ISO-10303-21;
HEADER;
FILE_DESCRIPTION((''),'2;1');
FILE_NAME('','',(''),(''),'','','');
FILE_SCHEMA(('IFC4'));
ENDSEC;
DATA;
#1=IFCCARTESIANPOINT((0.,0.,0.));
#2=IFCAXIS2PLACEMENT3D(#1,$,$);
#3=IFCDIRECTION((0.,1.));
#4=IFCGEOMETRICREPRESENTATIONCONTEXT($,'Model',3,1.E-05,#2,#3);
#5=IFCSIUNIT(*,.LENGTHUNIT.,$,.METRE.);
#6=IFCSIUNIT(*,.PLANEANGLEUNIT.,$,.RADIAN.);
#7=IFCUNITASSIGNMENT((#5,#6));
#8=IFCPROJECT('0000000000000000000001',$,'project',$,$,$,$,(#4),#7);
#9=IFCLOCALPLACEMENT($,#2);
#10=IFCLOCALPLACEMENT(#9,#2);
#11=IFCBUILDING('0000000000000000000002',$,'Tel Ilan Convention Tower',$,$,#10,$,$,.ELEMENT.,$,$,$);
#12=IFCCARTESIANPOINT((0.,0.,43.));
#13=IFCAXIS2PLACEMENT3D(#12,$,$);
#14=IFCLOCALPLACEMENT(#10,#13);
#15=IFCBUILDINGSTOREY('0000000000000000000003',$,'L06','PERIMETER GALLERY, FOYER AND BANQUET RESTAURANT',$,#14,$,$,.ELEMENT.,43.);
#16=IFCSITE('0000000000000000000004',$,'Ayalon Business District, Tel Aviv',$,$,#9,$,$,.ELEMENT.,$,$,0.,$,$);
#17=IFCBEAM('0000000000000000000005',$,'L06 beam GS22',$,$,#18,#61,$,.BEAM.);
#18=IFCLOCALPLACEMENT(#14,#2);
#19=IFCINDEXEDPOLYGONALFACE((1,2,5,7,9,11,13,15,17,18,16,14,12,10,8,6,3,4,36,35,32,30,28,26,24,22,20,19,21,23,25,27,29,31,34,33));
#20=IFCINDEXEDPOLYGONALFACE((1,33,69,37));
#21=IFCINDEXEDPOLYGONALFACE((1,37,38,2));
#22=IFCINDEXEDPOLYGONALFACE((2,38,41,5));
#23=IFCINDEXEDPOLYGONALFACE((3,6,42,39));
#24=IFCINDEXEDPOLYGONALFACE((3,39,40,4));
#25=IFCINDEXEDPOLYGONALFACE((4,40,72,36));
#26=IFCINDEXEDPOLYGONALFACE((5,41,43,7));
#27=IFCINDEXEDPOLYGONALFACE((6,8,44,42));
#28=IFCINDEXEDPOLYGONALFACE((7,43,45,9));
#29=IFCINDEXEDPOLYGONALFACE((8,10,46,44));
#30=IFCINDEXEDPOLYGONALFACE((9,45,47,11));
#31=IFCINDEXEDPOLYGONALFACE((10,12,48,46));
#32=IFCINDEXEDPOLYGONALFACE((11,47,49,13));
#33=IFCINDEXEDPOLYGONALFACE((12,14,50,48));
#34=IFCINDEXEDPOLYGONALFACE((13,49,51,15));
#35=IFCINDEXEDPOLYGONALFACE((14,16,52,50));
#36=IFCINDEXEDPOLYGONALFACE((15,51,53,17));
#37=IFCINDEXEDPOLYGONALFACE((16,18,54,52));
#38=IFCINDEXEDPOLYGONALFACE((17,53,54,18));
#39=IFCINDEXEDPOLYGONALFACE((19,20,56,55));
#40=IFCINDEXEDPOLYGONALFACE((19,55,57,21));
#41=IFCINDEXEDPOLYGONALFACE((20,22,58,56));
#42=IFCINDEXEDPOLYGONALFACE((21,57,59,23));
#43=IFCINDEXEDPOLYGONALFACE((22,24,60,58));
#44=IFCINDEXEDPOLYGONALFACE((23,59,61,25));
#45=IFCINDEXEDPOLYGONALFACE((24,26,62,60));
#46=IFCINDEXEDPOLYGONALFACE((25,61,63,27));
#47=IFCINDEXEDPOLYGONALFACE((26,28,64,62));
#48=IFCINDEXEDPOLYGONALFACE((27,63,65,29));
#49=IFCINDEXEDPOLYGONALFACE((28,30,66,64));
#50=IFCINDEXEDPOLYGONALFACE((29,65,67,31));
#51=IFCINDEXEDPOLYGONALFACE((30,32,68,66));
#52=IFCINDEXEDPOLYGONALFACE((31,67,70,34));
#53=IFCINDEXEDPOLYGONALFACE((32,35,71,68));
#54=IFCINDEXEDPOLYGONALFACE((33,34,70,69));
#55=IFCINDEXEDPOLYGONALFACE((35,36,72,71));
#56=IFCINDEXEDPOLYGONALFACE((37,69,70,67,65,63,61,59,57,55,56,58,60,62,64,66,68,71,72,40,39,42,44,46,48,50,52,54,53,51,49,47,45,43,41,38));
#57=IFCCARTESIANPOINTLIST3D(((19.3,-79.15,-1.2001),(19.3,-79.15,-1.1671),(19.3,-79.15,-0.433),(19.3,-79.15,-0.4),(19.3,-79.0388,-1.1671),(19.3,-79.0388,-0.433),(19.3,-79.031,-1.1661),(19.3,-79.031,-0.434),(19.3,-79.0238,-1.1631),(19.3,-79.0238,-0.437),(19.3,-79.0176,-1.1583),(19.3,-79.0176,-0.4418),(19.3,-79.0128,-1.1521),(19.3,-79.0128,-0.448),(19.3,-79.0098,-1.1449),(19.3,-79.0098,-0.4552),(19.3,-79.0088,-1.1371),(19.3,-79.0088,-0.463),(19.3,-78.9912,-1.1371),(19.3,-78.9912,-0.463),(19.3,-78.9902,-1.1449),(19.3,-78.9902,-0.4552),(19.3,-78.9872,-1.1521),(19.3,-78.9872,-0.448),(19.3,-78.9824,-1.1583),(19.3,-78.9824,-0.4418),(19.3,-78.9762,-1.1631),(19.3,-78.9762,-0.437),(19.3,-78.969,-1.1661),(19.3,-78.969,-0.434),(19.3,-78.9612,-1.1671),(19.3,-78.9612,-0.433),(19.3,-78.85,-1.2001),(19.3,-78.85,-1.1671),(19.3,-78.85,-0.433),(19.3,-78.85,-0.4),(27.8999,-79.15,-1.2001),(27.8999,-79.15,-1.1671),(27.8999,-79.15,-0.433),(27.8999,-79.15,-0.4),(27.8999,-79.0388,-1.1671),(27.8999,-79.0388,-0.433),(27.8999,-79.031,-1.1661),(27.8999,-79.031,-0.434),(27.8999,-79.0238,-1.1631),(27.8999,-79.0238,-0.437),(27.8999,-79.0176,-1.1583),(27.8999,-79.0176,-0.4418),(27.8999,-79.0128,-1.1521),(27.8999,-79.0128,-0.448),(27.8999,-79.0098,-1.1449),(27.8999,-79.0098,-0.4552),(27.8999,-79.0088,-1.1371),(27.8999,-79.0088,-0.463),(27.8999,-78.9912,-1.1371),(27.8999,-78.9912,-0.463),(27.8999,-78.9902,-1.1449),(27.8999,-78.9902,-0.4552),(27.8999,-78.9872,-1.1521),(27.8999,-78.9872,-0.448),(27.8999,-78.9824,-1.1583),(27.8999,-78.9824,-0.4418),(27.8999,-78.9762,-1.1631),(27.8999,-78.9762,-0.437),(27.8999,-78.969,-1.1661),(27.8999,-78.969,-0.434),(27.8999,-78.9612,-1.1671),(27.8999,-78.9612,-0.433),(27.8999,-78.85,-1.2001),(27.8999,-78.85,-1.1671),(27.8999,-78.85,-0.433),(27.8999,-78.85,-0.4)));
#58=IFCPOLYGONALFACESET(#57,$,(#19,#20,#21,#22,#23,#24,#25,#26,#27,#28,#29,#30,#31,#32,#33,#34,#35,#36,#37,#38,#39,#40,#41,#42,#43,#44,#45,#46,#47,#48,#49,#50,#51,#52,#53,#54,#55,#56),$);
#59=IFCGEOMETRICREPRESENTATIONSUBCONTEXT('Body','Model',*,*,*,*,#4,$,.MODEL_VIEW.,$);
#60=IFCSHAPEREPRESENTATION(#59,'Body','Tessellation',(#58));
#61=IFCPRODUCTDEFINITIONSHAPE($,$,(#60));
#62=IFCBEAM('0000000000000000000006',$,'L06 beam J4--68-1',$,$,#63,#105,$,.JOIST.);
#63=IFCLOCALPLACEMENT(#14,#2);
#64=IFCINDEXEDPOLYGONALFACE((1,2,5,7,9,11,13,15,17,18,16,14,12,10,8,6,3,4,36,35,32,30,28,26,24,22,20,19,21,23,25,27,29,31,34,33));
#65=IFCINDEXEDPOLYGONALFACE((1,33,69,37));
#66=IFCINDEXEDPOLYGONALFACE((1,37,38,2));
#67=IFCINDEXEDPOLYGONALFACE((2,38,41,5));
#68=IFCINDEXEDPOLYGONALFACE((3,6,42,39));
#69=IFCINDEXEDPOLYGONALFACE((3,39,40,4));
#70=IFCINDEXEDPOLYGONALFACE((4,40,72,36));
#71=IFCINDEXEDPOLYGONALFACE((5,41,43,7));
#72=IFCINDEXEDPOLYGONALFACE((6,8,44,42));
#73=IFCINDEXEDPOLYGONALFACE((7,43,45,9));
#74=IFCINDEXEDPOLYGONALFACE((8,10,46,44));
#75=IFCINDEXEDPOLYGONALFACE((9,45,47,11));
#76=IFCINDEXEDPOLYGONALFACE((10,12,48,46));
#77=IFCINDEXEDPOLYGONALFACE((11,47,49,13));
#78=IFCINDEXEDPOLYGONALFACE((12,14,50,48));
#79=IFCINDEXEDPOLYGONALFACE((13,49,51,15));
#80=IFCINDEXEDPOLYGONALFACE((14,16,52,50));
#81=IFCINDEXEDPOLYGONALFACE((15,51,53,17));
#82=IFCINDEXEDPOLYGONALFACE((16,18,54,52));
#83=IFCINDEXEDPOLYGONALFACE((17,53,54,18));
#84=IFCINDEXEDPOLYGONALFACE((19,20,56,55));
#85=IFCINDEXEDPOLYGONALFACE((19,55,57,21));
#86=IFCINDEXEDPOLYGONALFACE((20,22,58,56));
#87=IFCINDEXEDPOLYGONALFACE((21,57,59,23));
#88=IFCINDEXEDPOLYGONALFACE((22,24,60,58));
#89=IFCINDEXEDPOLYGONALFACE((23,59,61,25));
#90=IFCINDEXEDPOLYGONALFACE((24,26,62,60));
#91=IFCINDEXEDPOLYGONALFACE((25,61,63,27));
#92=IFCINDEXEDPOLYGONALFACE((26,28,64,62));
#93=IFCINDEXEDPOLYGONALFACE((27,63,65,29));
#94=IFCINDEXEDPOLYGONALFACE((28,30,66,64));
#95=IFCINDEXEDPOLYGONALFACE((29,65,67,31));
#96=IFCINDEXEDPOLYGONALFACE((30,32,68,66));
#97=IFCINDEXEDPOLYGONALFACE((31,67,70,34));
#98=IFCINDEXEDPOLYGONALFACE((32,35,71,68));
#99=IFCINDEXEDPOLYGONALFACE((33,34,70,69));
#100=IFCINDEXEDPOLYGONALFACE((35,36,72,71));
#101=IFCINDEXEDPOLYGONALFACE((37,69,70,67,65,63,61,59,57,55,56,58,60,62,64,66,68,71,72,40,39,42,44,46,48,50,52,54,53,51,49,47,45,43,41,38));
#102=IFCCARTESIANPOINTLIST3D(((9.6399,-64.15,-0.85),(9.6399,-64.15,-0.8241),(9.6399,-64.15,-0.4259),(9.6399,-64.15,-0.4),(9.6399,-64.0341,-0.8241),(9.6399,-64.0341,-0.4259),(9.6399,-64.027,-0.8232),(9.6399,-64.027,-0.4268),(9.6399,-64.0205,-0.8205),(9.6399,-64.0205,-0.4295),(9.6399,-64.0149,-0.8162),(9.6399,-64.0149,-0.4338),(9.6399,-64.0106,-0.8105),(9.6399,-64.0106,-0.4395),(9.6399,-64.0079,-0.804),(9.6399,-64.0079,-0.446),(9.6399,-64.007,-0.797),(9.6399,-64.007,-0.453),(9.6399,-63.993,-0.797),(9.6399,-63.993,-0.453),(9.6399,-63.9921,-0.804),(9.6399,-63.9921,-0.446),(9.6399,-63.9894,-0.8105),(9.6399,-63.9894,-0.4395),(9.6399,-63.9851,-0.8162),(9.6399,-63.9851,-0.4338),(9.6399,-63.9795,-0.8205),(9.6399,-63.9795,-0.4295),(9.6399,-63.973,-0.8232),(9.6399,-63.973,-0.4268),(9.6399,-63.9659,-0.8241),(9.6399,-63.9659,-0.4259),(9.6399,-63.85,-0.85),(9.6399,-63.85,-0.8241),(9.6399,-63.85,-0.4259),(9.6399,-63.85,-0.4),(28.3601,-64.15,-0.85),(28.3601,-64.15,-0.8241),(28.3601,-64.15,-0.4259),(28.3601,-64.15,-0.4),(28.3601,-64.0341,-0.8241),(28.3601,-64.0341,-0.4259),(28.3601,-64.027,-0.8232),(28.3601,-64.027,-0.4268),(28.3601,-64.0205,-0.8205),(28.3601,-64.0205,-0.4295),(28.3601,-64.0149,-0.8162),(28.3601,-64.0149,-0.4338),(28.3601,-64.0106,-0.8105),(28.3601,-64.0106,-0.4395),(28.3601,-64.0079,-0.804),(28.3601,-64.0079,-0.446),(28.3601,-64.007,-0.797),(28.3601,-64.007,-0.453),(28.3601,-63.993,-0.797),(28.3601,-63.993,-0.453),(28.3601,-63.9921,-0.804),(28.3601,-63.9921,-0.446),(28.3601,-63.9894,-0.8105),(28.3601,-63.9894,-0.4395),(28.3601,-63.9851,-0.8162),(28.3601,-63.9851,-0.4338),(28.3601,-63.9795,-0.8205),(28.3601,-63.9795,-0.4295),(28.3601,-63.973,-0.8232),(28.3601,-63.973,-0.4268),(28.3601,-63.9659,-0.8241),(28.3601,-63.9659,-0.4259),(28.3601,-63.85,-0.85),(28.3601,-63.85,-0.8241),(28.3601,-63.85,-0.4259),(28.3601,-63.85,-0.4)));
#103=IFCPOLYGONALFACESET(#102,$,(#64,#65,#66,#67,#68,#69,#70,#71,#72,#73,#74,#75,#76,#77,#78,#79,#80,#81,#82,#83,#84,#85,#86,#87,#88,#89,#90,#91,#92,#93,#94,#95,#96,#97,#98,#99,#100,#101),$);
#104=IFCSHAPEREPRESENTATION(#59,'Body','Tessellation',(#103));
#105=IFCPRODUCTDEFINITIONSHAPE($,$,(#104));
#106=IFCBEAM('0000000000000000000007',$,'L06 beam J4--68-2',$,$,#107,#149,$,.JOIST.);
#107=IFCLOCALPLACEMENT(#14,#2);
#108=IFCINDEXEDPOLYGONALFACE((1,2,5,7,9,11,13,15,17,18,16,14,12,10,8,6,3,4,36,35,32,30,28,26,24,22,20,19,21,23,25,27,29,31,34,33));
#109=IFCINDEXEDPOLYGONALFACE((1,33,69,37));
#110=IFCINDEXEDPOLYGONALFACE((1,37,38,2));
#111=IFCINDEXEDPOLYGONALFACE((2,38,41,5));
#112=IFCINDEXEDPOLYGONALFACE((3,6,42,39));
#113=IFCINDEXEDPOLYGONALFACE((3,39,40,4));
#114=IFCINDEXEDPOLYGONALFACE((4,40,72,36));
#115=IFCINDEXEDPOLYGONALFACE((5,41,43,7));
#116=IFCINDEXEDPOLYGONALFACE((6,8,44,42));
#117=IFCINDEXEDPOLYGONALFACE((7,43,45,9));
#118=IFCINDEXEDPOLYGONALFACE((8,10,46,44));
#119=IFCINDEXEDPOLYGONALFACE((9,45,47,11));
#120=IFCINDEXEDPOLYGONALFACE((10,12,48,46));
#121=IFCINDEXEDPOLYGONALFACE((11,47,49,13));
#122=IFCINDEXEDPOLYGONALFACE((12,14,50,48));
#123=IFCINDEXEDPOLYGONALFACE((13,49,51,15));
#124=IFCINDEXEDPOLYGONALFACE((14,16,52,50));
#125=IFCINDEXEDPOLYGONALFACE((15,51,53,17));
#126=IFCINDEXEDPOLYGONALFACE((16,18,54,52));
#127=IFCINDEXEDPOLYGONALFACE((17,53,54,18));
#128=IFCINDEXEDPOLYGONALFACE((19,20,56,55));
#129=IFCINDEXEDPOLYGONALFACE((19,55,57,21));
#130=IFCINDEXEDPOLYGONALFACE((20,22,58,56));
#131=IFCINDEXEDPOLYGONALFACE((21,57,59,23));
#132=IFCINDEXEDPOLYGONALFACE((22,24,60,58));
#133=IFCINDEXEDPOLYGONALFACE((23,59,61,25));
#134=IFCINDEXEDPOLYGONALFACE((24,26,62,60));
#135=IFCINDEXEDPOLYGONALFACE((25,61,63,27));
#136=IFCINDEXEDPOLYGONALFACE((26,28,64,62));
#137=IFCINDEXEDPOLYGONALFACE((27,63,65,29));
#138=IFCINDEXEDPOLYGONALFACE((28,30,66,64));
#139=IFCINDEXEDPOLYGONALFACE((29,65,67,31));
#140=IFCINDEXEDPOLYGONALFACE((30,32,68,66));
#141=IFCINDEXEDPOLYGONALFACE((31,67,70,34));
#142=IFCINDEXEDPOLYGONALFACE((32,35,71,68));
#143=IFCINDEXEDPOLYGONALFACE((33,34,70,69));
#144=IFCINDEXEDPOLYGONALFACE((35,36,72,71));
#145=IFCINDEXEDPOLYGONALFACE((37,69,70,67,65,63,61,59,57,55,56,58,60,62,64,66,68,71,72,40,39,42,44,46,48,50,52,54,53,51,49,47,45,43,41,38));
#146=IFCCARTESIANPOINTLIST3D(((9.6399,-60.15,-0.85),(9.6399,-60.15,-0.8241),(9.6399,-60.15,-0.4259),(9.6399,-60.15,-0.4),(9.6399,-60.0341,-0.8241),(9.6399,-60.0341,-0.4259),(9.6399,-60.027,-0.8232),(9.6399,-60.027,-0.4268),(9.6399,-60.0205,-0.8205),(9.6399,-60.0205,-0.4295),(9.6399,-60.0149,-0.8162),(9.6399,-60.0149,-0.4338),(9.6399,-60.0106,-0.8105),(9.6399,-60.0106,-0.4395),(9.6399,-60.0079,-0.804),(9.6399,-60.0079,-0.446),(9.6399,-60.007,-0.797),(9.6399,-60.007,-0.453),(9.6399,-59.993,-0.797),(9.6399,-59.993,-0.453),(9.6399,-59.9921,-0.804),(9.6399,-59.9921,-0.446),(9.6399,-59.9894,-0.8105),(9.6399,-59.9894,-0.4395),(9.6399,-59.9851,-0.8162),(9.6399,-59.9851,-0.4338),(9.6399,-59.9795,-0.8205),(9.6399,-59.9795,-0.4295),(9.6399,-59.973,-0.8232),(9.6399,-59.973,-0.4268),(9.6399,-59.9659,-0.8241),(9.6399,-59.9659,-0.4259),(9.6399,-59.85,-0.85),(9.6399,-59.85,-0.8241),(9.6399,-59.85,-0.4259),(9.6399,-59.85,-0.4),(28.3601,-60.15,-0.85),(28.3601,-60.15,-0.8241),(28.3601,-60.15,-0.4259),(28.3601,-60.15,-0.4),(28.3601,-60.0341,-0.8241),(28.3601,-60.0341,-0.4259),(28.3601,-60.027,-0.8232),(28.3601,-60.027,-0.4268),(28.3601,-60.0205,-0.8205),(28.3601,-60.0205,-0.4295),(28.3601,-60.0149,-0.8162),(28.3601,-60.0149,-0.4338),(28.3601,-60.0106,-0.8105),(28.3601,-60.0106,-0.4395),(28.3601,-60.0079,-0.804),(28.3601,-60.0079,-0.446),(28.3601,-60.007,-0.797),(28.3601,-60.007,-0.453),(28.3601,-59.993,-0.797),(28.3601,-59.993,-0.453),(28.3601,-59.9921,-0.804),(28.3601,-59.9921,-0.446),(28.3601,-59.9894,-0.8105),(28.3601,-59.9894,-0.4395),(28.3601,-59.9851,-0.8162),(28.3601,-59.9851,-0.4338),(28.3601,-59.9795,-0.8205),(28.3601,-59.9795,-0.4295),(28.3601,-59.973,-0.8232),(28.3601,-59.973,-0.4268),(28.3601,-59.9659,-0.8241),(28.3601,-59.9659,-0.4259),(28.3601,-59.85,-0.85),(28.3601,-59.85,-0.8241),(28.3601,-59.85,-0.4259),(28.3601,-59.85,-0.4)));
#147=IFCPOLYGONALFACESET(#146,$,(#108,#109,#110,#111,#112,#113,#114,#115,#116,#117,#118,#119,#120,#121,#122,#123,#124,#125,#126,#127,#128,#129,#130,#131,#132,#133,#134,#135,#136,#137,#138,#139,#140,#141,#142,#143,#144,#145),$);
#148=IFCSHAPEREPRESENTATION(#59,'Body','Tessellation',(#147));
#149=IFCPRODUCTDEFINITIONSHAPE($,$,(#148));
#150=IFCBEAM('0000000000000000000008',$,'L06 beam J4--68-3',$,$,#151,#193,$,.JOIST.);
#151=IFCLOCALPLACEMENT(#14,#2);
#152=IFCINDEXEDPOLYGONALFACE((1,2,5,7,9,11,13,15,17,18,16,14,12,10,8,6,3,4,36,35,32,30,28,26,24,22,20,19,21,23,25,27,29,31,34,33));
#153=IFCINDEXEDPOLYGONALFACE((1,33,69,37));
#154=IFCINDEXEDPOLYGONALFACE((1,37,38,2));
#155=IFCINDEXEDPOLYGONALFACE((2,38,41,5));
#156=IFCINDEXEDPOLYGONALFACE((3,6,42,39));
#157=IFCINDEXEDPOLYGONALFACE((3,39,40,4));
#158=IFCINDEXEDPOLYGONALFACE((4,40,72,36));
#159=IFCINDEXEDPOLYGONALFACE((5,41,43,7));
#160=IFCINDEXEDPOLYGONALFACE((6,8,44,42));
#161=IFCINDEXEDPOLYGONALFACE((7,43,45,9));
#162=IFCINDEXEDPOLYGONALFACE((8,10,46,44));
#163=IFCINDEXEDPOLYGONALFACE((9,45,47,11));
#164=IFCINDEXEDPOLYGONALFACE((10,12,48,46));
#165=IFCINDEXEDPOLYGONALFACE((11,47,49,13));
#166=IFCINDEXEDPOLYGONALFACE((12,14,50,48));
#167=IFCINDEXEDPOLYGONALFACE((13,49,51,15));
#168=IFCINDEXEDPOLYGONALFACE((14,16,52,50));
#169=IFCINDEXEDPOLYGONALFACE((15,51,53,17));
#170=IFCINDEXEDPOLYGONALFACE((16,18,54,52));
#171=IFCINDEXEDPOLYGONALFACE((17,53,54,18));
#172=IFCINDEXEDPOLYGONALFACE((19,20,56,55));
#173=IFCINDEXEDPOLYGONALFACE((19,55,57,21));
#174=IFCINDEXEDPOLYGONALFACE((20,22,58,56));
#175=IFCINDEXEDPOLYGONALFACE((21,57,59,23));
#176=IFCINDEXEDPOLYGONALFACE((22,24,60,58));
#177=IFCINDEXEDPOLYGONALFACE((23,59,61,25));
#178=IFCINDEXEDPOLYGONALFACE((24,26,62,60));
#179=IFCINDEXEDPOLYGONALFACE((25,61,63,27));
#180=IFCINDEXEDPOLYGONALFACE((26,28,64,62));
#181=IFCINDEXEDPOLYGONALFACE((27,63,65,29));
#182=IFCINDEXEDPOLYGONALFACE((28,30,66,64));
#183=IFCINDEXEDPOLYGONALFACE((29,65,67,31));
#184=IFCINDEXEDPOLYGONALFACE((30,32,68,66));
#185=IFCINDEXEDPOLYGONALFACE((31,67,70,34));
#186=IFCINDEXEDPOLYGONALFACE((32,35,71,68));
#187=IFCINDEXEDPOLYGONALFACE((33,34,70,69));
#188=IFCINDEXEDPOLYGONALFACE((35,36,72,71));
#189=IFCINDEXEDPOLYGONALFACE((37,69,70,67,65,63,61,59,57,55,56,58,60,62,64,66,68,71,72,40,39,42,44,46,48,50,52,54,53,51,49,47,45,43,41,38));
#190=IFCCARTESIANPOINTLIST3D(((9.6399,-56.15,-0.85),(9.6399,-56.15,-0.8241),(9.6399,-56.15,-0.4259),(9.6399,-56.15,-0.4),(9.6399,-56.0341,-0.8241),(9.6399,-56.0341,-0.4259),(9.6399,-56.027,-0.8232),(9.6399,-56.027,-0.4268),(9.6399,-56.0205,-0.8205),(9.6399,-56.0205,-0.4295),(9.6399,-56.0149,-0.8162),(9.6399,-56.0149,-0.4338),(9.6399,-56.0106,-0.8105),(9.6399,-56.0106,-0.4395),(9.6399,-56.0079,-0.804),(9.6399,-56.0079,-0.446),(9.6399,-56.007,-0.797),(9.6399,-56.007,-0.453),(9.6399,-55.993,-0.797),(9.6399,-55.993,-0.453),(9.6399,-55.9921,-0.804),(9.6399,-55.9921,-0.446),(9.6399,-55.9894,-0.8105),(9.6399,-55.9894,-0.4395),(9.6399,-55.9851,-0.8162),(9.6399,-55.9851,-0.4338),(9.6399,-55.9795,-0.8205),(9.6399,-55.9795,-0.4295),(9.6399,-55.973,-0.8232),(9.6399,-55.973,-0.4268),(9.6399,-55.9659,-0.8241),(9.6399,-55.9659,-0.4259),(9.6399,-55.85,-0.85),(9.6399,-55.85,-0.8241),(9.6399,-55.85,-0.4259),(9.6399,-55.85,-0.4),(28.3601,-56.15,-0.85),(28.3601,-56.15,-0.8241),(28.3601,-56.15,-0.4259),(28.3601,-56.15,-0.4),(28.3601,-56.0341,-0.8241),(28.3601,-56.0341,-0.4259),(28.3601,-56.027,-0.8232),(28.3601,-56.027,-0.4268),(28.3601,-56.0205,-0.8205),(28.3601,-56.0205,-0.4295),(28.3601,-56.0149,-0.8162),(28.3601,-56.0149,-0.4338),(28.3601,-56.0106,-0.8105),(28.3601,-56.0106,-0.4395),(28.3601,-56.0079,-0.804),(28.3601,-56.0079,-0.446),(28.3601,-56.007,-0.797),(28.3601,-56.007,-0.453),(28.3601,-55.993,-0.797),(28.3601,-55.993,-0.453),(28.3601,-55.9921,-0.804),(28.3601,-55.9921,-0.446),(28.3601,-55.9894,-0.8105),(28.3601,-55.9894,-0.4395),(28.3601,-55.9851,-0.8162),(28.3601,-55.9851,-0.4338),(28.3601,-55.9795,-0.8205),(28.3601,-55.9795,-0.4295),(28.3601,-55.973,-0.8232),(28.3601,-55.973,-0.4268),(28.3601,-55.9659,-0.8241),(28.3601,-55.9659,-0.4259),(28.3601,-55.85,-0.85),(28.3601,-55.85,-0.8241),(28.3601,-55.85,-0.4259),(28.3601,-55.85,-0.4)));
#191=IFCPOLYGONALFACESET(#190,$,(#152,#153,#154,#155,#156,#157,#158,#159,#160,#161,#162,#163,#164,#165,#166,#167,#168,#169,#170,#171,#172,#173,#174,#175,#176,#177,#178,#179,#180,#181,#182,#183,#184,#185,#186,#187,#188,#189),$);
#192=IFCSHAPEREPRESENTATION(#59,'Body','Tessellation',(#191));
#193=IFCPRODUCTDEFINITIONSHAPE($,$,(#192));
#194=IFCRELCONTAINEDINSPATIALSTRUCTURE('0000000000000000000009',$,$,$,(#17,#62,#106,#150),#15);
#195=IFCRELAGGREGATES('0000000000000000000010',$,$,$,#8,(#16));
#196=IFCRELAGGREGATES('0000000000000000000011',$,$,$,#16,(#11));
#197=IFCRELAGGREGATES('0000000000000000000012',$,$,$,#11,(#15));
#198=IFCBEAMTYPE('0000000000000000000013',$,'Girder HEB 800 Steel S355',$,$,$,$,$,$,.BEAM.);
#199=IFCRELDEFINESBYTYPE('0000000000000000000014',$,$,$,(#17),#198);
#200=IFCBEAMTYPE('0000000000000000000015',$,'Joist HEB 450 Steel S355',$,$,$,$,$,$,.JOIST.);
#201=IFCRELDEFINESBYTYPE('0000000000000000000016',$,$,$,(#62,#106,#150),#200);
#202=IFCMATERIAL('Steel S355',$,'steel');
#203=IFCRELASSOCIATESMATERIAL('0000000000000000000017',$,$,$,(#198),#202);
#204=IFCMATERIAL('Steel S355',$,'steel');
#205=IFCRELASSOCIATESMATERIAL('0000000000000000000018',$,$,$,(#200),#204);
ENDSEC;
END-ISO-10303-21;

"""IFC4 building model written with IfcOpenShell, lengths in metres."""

from ifc_helpers import new_model, si_unit, direction, frame, origin, origin_2d, place, context, subcontext, project, spatial, i_section, extrude, material, material_profile, profile_set, type_object, element, save


model = new_model("IFC4")

# Units and contexts
model_context = context("Model", 3, precision=1e-05, world=origin(), true_north=direction((0.0, 1.0)))
body_context = subcontext(model_context, "Body", "Model", "MODEL_VIEW")
ifc_project = project(units=[si_unit("LENGTHUNIT", "METRE"), si_unit("PLANEANGLEUNIT", "RADIAN")], contexts=[model_context])

# Site, building, storey
site_placement = place(None, origin())
site = spatial("IfcSite", under=ifc_project, at=site_placement, Name="Ayalon Business District, Tel Aviv", CompositionType="ELEMENT", RefElevation=0.0)
building_placement = place(site_placement, origin())
building = spatial("IfcBuilding", under=site, at=building_placement, Name="Tel Ilan Convention Tower", CompositionType="ELEMENT")
storey_placement = place(building_placement, frame((0.0, 0.0, 43.0)))
storey = spatial("IfcBuildingStorey", under=building, at=storey_placement, Name="L06", Description="PERIMETER GALLERY, FOYER AND BANQUET RESTAURANT", CompositionType="ELEMENT", Elevation=43.0)

# Beams
ifc_material_1 = material(Name="Steel S355", Category="steel")
ifc_material_profile_1 = material_profile(ifc_material_1, i_section(OverallWidth=0.3, OverallDepth=0.8, WebThickness=0.0176, FlangeThickness=0.033, FilletRadius=0.03, at=origin_2d()), Name="HEB 800")
ifc_profile_set_1 = profile_set([ifc_material_profile_1], Name="Steel S355")
beam_type_1 = type_object("IfcBeamType", Name="Girder HEB 800 Steel S355", PredefinedType="BEAM", material=ifc_profile_set_1)
beam_1_placement = place(storey_placement, frame((19.3, -79.0, -0.8), z_axis=(1.0, 0.0, 0.0), x_axis=(0.0, 1.0, 0.0)))
element("IfcBeam", 1, at=beam_1_placement, inside=storey, type_object=beam_type_1, Name="L06 beam GS22", PredefinedType="BEAM", context=body_context, shape_type="SweptSolid", body=[
    extrude(i_section(OverallWidth=0.3, OverallDepth=0.8, WebThickness=0.0176, FlangeThickness=0.033, FilletRadius=0.03, at=origin_2d()), origin(), (0.0, 0.0, 1.0), 8.5999),
])
ifc_material_2 = material(Name="Steel S355", Category="steel")
ifc_material_profile_2 = material_profile(ifc_material_2, i_section(OverallWidth=0.3, OverallDepth=0.45, WebThickness=0.0139, FlangeThickness=0.0259, FilletRadius=0.0271, at=origin_2d()), Name="HEB 450")
ifc_profile_set_2 = profile_set([ifc_material_profile_2], Name="Steel S355")
beam_type_2 = type_object("IfcBeamType", Name="Joist HEB 450 Steel S355", PredefinedType="JOIST", material=ifc_profile_set_2)
for number, where, z_axis, x_axis, name in (
    (2, (9.6399, -64.0, -0.625), (1.0, 0.0, 0.0), (0.0, 1.0, 0.0), "L06 beam J4--68-1"),
    (3, (9.6399, -60.0, -0.625), (1.0, 0.0, 0.0), (0.0, 1.0, 0.0), "L06 beam J4--68-2"),
    (4, (9.6399, -56.0, -0.625), (1.0, 0.0, 0.0), (0.0, 1.0, 0.0), "L06 beam J4--68-3"),
):
    element("IfcBeam", number, at=place(storey_placement, frame(where, z_axis=z_axis, x_axis=x_axis)), inside=storey, type_object=beam_type_2, Name=name, PredefinedType="JOIST", context=body_context, shape_type="SweptSolid", body=[
        extrude(i_section(OverallWidth=0.3, OverallDepth=0.45, WebThickness=0.0139, FlangeThickness=0.0259, FilletRadius=0.0271, at=origin_2d()), origin(), (0.0, 0.0, 1.0), 18.7202),
    ])

save(model, "model.ifc")
